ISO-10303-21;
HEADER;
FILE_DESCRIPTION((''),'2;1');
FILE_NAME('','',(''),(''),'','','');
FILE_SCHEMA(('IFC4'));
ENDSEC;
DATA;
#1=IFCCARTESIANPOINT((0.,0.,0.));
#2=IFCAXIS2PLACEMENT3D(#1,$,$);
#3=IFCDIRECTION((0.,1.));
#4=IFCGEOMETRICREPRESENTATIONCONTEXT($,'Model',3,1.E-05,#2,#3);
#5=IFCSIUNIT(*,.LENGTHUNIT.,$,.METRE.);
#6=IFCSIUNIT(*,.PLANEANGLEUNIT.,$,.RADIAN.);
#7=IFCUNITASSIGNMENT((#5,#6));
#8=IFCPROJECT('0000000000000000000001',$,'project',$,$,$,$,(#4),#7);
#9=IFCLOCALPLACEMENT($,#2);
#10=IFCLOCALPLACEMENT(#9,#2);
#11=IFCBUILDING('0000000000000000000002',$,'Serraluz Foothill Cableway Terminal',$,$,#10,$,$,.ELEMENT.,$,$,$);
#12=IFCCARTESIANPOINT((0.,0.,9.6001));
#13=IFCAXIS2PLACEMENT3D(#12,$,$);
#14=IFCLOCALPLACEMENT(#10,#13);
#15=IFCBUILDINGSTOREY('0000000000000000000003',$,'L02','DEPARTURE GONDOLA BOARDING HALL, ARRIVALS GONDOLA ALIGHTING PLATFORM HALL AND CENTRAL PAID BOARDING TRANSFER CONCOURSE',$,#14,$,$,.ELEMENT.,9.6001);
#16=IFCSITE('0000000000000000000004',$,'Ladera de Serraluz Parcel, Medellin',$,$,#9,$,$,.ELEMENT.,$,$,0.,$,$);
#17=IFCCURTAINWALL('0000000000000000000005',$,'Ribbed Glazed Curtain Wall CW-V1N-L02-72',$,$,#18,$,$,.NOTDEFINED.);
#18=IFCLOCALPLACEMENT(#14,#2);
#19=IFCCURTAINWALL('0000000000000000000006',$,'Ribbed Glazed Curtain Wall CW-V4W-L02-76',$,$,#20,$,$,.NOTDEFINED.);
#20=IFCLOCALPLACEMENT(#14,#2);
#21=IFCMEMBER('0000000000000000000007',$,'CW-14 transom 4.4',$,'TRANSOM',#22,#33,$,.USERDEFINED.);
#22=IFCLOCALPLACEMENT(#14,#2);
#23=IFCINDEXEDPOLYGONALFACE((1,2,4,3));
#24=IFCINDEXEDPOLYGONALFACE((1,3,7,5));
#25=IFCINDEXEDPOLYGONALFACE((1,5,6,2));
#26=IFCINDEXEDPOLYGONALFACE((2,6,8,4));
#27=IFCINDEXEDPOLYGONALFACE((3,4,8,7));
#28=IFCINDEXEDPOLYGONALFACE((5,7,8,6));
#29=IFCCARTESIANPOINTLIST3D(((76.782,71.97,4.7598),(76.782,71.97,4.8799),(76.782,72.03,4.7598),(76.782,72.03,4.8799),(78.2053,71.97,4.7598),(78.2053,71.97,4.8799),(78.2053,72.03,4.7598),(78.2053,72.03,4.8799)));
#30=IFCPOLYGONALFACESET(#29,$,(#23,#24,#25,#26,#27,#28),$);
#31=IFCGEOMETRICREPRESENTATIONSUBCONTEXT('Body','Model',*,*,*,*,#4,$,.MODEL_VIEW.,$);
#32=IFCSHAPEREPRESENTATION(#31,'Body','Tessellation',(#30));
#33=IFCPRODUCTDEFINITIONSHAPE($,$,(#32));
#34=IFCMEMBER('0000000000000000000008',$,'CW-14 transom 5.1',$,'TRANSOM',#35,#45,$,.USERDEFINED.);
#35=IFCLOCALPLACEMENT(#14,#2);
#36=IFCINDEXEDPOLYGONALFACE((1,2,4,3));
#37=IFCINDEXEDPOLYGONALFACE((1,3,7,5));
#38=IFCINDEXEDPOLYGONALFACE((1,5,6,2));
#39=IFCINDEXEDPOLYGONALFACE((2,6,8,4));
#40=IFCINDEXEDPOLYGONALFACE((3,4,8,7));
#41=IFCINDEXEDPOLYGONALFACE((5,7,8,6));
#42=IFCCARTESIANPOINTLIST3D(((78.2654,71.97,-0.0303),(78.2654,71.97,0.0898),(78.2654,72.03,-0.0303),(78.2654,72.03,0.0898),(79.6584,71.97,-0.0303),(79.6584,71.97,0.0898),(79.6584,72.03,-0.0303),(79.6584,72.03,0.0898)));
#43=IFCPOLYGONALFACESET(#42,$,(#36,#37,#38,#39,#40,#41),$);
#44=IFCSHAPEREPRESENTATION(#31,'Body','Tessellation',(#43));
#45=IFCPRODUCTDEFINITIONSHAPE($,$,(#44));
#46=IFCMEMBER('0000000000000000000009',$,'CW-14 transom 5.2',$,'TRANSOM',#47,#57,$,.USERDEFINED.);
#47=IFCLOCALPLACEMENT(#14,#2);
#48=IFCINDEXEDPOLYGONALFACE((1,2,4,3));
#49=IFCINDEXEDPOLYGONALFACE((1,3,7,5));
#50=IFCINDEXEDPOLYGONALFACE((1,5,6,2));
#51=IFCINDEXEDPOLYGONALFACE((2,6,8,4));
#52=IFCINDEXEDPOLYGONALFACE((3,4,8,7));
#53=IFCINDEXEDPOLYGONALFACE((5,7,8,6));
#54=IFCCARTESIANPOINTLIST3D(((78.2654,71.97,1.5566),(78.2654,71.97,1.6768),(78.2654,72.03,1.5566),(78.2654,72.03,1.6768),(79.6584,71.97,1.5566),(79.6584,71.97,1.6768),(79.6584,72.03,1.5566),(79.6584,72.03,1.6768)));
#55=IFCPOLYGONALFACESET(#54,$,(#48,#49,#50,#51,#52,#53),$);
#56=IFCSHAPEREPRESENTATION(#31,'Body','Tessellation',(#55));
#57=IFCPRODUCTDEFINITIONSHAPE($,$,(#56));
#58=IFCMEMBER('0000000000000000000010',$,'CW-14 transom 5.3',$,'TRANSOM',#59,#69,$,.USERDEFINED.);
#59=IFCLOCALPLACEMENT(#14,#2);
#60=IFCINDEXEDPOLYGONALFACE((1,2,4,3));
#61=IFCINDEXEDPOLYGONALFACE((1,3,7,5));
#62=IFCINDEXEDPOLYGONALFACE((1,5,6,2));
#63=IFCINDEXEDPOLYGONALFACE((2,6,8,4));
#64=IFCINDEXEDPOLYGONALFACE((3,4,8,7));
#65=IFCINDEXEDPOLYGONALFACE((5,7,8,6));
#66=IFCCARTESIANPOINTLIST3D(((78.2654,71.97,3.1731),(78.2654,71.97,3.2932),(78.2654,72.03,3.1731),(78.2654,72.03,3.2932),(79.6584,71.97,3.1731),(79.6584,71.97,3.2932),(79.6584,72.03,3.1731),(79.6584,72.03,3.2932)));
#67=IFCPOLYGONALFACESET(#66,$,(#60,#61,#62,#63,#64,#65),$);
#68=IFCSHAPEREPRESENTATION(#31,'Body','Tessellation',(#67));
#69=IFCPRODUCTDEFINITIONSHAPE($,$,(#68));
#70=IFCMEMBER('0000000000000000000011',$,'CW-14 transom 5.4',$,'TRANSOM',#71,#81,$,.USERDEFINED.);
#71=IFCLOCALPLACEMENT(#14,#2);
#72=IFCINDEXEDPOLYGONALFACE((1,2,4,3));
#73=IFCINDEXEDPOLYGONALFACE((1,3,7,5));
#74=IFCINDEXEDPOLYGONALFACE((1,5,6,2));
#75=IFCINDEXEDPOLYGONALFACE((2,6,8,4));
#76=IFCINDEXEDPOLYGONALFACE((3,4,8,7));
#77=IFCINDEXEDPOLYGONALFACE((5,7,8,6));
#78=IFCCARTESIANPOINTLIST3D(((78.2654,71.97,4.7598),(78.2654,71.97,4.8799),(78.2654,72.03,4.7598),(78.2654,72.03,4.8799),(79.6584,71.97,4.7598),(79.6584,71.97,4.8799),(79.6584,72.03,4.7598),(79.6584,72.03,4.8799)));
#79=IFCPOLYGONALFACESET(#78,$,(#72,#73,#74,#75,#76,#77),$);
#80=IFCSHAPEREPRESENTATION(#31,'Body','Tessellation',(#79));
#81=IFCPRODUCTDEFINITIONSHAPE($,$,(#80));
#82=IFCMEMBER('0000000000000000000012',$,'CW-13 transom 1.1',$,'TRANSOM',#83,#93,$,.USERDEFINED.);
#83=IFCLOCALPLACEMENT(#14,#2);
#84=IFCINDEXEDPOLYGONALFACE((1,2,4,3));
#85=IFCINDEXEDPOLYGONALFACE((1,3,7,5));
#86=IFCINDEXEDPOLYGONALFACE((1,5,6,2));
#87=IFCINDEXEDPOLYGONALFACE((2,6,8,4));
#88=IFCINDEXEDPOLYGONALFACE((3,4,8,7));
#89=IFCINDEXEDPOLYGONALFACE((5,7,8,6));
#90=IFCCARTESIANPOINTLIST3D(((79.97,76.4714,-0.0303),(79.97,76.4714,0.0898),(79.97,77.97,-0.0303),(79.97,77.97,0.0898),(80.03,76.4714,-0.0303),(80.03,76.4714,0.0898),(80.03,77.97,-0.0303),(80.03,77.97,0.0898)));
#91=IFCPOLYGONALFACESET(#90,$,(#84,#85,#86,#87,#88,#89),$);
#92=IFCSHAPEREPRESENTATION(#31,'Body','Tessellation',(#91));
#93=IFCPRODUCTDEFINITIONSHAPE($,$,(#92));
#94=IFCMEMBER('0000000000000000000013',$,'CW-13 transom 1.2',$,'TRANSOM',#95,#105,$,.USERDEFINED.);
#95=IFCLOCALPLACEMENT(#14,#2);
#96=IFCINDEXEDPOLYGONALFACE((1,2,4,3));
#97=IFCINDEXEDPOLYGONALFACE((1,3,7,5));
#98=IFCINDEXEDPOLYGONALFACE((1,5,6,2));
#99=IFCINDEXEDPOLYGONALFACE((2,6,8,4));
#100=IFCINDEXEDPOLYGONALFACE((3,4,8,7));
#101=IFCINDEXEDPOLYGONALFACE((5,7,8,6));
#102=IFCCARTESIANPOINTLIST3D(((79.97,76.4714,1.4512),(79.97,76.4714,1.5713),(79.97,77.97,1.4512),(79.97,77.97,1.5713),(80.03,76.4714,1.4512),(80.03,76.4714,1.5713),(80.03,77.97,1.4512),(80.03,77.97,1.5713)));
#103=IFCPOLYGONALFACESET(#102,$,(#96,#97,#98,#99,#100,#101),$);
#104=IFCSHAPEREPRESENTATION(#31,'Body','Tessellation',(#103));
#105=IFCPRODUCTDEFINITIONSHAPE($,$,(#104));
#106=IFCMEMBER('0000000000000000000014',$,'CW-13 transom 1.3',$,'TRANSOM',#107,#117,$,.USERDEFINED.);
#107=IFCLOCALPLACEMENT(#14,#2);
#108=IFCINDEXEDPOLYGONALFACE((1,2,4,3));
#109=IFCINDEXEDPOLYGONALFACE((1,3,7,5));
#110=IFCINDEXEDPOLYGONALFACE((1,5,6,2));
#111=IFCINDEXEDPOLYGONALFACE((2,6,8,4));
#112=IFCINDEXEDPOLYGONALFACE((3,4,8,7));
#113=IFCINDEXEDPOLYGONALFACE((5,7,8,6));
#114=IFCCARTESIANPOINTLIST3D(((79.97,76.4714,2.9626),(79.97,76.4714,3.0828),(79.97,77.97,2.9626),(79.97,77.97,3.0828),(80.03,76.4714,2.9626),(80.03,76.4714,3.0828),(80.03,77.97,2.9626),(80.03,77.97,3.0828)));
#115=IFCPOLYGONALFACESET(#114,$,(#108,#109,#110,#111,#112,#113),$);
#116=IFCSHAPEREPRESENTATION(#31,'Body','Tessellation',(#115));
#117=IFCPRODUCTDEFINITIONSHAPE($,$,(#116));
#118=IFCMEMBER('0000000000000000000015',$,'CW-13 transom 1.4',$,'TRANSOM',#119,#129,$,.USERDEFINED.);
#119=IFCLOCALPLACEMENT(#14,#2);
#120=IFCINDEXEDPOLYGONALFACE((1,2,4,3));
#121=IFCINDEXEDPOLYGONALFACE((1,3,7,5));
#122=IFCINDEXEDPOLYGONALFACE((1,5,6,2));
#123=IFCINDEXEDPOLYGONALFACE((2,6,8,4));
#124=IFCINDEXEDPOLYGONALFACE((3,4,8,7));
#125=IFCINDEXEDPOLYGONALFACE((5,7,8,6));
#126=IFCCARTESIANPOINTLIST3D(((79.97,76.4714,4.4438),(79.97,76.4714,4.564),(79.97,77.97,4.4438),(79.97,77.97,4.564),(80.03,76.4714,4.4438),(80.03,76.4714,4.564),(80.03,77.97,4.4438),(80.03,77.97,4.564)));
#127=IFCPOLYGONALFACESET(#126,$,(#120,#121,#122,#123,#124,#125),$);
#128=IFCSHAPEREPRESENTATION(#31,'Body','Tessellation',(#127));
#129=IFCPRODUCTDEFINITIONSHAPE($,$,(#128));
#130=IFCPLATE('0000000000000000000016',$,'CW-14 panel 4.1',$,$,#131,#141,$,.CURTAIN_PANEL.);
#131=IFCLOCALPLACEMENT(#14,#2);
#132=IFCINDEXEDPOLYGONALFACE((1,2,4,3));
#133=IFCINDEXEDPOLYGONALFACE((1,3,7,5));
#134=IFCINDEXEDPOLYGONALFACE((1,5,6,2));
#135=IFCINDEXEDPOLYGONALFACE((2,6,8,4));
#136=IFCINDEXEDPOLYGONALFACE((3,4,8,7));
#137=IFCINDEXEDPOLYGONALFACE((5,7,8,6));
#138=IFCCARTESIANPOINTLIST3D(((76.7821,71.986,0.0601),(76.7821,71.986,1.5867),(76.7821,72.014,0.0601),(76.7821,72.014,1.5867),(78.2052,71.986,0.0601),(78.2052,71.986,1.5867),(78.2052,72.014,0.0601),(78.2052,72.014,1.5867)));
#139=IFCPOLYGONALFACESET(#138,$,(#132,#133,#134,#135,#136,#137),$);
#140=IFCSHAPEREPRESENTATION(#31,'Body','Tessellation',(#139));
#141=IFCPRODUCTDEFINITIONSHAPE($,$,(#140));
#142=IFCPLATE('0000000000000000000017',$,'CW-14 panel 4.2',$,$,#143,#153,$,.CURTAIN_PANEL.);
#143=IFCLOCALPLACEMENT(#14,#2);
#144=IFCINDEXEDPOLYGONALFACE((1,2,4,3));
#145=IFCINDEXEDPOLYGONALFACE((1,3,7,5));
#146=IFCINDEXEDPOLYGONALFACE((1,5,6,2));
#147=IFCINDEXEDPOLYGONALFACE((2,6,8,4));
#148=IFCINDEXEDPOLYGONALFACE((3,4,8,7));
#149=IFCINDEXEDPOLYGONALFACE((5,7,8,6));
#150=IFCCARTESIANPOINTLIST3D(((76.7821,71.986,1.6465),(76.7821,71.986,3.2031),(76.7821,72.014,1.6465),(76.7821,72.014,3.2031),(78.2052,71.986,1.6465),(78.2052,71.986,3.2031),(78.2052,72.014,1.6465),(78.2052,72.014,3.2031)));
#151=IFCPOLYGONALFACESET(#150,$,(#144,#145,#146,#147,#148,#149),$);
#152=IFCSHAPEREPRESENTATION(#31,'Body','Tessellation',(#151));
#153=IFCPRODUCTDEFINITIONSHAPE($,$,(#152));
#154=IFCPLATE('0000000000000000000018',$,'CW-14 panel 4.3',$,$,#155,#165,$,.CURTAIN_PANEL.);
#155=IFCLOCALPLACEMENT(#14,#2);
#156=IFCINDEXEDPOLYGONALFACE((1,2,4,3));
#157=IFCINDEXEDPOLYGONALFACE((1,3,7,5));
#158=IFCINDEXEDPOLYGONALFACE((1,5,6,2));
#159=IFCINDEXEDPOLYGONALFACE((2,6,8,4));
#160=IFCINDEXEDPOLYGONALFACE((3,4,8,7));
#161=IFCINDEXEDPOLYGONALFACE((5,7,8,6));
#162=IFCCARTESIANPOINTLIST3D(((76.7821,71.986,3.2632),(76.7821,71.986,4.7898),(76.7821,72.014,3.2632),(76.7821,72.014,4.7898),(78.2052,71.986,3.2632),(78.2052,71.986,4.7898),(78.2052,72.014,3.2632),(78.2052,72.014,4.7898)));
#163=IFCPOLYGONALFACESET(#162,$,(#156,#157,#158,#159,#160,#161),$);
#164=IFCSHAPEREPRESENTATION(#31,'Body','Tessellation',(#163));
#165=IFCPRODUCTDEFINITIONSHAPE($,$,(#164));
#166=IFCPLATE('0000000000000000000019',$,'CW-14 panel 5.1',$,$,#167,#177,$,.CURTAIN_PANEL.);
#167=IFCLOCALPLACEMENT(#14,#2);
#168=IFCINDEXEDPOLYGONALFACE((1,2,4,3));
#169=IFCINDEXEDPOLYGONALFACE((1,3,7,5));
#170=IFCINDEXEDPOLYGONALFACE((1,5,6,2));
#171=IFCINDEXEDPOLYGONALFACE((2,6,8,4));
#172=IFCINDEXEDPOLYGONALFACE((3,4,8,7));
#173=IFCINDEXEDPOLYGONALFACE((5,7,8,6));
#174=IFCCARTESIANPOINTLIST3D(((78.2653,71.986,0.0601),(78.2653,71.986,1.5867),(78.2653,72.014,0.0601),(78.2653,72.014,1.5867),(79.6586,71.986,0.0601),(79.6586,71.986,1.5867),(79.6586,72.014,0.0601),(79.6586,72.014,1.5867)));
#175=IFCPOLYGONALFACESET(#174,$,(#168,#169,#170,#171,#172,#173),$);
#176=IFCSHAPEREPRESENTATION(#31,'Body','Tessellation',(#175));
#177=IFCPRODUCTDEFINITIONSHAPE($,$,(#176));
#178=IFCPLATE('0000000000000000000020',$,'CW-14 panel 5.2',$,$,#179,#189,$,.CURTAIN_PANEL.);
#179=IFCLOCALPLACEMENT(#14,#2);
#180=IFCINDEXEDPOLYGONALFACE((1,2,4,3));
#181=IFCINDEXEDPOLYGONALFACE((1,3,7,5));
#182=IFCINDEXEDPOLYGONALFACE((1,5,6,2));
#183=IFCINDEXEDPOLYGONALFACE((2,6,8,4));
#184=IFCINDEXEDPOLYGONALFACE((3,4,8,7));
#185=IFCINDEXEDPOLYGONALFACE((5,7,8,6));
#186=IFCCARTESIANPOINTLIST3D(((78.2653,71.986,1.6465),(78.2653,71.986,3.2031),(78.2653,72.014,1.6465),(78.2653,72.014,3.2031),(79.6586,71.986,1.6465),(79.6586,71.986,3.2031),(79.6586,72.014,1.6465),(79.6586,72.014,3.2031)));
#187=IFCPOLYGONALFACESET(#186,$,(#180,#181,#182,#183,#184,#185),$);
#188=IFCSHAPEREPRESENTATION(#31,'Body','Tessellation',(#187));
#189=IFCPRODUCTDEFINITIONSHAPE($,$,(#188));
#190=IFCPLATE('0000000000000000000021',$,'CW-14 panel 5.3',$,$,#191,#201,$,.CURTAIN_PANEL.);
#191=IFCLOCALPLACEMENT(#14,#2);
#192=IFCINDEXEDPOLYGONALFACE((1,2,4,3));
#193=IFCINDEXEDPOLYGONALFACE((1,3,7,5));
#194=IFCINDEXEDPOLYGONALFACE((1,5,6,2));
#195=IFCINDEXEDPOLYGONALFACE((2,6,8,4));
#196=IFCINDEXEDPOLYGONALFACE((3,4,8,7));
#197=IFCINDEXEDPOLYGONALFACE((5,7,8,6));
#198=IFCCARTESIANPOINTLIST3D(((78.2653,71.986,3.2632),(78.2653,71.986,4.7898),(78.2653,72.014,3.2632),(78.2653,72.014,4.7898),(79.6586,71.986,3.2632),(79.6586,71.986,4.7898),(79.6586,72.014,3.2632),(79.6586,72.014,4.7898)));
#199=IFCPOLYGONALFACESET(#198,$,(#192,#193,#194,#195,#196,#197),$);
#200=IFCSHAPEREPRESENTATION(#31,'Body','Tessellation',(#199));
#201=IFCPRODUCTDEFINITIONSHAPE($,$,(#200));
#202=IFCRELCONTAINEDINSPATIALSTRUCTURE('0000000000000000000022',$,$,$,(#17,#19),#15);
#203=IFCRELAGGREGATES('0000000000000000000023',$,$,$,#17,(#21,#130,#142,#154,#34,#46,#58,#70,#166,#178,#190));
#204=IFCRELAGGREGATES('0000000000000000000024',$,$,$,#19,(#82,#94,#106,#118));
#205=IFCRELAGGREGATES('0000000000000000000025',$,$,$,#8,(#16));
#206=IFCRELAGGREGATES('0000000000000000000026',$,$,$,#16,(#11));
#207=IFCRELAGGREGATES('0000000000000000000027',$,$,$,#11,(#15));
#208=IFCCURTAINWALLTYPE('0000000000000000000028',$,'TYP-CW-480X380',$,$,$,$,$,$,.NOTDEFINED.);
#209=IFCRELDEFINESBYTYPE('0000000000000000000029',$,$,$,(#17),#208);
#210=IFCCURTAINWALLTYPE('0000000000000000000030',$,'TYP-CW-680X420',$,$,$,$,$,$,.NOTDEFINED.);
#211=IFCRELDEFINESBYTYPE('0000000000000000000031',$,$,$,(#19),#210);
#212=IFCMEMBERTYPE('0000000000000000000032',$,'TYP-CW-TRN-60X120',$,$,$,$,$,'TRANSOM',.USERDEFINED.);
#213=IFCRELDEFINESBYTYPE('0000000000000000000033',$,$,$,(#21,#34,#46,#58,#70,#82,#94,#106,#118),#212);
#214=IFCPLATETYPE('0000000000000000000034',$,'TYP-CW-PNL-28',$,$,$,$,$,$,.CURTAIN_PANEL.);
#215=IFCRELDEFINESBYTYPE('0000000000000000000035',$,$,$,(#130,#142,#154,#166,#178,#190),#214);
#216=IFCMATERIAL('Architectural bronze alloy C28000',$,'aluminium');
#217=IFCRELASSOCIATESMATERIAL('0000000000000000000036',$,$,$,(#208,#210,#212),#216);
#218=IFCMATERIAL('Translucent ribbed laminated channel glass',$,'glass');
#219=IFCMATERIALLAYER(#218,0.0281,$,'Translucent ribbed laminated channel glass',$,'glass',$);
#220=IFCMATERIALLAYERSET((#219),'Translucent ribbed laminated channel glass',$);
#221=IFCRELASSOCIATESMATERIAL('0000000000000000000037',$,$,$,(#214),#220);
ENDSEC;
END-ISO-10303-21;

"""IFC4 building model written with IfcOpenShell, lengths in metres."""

from ifc_helpers import new_model, si_unit, direction, frame, origin, origin_2d, place, context, subcontext, project, spatial, rectangle, extrude, material, layer, layer_set, material_profile, profile_set, type_object, element, aggregate, save


model = new_model("IFC4")

# Units and contexts
model_context = context("Model", 3, precision=1e-05, world=origin(), true_north=direction((0.0, 1.0)))
body_context = subcontext(model_context, "Body", "Model", "MODEL_VIEW")
ifc_project = project(units=[si_unit("LENGTHUNIT", "METRE"), si_unit("PLANEANGLEUNIT", "RADIAN")], contexts=[model_context])

# Site, building, storey
site_placement = place(None, origin())
site = spatial("IfcSite", under=ifc_project, at=site_placement, Name="Ladera de Serraluz Parcel, Medellin", CompositionType="ELEMENT", RefElevation=0.0)
building_placement = place(site_placement, origin())
building = spatial("IfcBuilding", under=site, at=building_placement, Name="Serraluz Foothill Cableway Terminal", CompositionType="ELEMENT")
storey_placement = place(building_placement, frame((0.0, 0.0, 9.6001)))
storey = spatial("IfcBuildingStorey", under=building, at=storey_placement, Name="L02", Description="DEPARTURE GONDOLA BOARDING HALL, ARRIVALS GONDOLA ALIGHTING PLATFORM HALL AND CENTRAL PAID BOARDING TRANSFER CONCOURSE", CompositionType="ELEMENT", Elevation=9.6001)

# Curtain wall
ifc_material_1 = material(Name="Architectural bronze alloy C28000", Category="aluminium")
curtain_wall_type_1 = type_object("IfcCurtainWallType", Name="TYP-CW-480X380", PredefinedType="NOTDEFINED", material=ifc_material_1)
curtain_wall_1_placement = place(storey_placement, origin())
curtain_wall_1 = element("IfcCurtainWall", 1, at=curtain_wall_1_placement, inside=storey, type_object=curtain_wall_type_1, Name="Ribbed Glazed Curtain Wall CW-V1N-L02-72", PredefinedType="NOTDEFINED")

# Curtain wall
curtain_wall_type_2 = type_object("IfcCurtainWallType", Name="TYP-CW-680X420", PredefinedType="NOTDEFINED", material=ifc_material_1)
curtain_wall_2_placement = place(storey_placement, origin())
curtain_wall_2 = element("IfcCurtainWall", 2, at=curtain_wall_2_placement, inside=storey, type_object=curtain_wall_type_2, Name="Ribbed Glazed Curtain Wall CW-V4W-L02-76", PredefinedType="NOTDEFINED")

# Members
ifc_material_profile_1 = material_profile(ifc_material_1, rectangle(XDim=0.0601, YDim=0.1201, at=origin_2d()), Name="ALU TRANSOM 60x120")
ifc_profile_set_1 = profile_set([ifc_material_profile_1], Name="Architectural bronze alloy C28000")
member_type_1 = type_object("IfcMemberType", Name="TYP-CW-TRN-60X120", ElementType="TRANSOM", PredefinedType="USERDEFINED", material=ifc_profile_set_1)
member_1_placement = place(storey_placement, frame((76.782, 72.0, 4.8198), z_axis=(1.0, 0.0, 0.0), x_axis=(0.0, 1.0, 0.0)))
member_1 = element("IfcMember", 3, at=member_1_placement, type_object=member_type_1, Name="CW-14 transom 4.4", ObjectType="TRANSOM", PredefinedType="USERDEFINED", context=body_context, shape_type="SweptSolid", body=[
    extrude(rectangle(XDim=0.0601, YDim=0.1201, at=origin_2d()), origin(), (0.0, 0.0, 1.0), 1.4233),
])
member_2_placement = place(storey_placement, frame((78.2654, 72.0, 0.0298), z_axis=(1.0, 0.0, 0.0), x_axis=(0.0, 1.0, 0.0)))
member_2 = element("IfcMember", 4, at=member_2_placement, type_object=member_type_1, Name="CW-14 transom 5.1", ObjectType="TRANSOM", PredefinedType="USERDEFINED", context=body_context, shape_type="SweptSolid", body=[
    extrude(rectangle(XDim=0.0601, YDim=0.1201, at=origin_2d()), origin(), (0.0, 0.0, 1.0), 1.3931),
])
member_3_placement = place(storey_placement, frame((78.2654, 72.0, 1.6167), z_axis=(1.0, 0.0, 0.0), x_axis=(0.0, 1.0, 0.0)))
member_3 = element("IfcMember", 5, at=member_3_placement, type_object=member_type_1, Name="CW-14 transom 5.2", ObjectType="TRANSOM", PredefinedType="USERDEFINED", context=body_context, shape_type="SweptSolid", body=[
    extrude(rectangle(XDim=0.0601, YDim=0.1201, at=origin_2d()), origin(), (0.0, 0.0, 1.0), 1.3931),
])
member_4_placement = place(storey_placement, frame((78.2654, 72.0, 3.2332), z_axis=(1.0, 0.0, 0.0), x_axis=(0.0, 1.0, 0.0)))
member_4 = element("IfcMember", 6, at=member_4_placement, type_object=member_type_1, Name="CW-14 transom 5.3", ObjectType="TRANSOM", PredefinedType="USERDEFINED", context=body_context, shape_type="SweptSolid", body=[
    extrude(rectangle(XDim=0.0601, YDim=0.1201, at=origin_2d()), origin(), (0.0, 0.0, 1.0), 1.3931),
])
member_5_placement = place(storey_placement, frame((78.2654, 72.0, 4.8198), z_axis=(1.0, 0.0, 0.0), x_axis=(0.0, 1.0, 0.0)))
member_5 = element("IfcMember", 7, at=member_5_placement, type_object=member_type_1, Name="CW-14 transom 5.4", ObjectType="TRANSOM", PredefinedType="USERDEFINED", context=body_context, shape_type="SweptSolid", body=[
    extrude(rectangle(XDim=0.0601, YDim=0.1201, at=origin_2d()), origin(), (0.0, 0.0, 1.0), 1.3931),
])
member_6_placement = place(storey_placement, frame((80.0, 76.4714, 0.0298), z_axis=(0.0, 1.0, 0.0), x_axis=(-1.0, 0.0, 0.0)))
member_6 = element("IfcMember", 8, at=member_6_placement, type_object=member_type_1, Name="CW-13 transom 1.1", ObjectType="TRANSOM", PredefinedType="USERDEFINED", context=body_context, shape_type="SweptSolid", body=[
    extrude(rectangle(XDim=0.0601, YDim=0.1201, at=origin_2d()), origin(), (0.0, 0.0, 1.0), 1.4985),
])
member_7_placement = place(storey_placement, frame((80.0, 76.4714, 1.5112), z_axis=(0.0, 1.0, 0.0), x_axis=(-1.0, 0.0, 0.0)))
member_7 = element("IfcMember", 9, at=member_7_placement, type_object=member_type_1, Name="CW-13 transom 1.2", ObjectType="TRANSOM", PredefinedType="USERDEFINED", context=body_context, shape_type="SweptSolid", body=[
    extrude(rectangle(XDim=0.0601, YDim=0.1201, at=origin_2d()), origin(), (0.0, 0.0, 1.0), 1.4985),
])
member_8_placement = place(storey_placement, frame((80.0, 76.4714, 3.0227), z_axis=(0.0, 1.0, 0.0), x_axis=(-1.0, 0.0, 0.0)))
member_8 = element("IfcMember", 10, at=member_8_placement, type_object=member_type_1, Name="CW-13 transom 1.3", ObjectType="TRANSOM", PredefinedType="USERDEFINED", context=body_context, shape_type="SweptSolid", body=[
    extrude(rectangle(XDim=0.0601, YDim=0.1201, at=origin_2d()), origin(), (0.0, 0.0, 1.0), 1.4985),
])
member_9_placement = place(storey_placement, frame((80.0, 76.4714, 4.5039), z_axis=(0.0, 1.0, 0.0), x_axis=(-1.0, 0.0, 0.0)))
member_9 = element("IfcMember", 11, at=member_9_placement, type_object=member_type_1, Name="CW-13 transom 1.4", ObjectType="TRANSOM", PredefinedType="USERDEFINED", context=body_context, shape_type="SweptSolid", body=[
    extrude(rectangle(XDim=0.0601, YDim=0.1201, at=origin_2d()), origin(), (0.0, 0.0, 1.0), 1.4985),
])

# Plates
ifc_material_2 = material(Name="Translucent ribbed laminated channel glass", Category="glass")
ifc_layer_1 = layer(ifc_material_2, 0.0281, Name="Translucent ribbed laminated channel glass", Category="glass")
ifc_layer_set_1 = layer_set([ifc_layer_1], Name="Translucent ribbed laminated channel glass")
plate_type_1 = type_object("IfcPlateType", Name="TYP-CW-PNL-28", PredefinedType="CURTAIN_PANEL", material=ifc_layer_set_1)
plate_1_placement = place(storey_placement, frame((77.4937, 72.0, 0.0601), z_axis=(0.0, 0.0, 1.0), x_axis=(1.0, 0.0, 0.0)))
plate_1 = element("IfcPlate", 12, at=plate_1_placement, type_object=plate_type_1, Name="CW-14 panel 4.1", PredefinedType="CURTAIN_PANEL", context=body_context, shape_type="SweptSolid", body=[
    extrude(rectangle(XDim=1.4231, YDim=0.0281, at=origin_2d()), origin(), (0.0, 0.0, 1.0), 1.5266),
])
plate_2_placement = place(storey_placement, frame((77.4937, 72.0, 1.6465), z_axis=(0.0, 0.0, 1.0), x_axis=(1.0, 0.0, 0.0)))
plate_2 = element("IfcPlate", 13, at=plate_2_placement, type_object=plate_type_1, Name="CW-14 panel 4.2", PredefinedType="CURTAIN_PANEL", context=body_context, shape_type="SweptSolid", body=[
    extrude(rectangle(XDim=1.4231, YDim=0.0281, at=origin_2d()), origin(), (0.0, 0.0, 1.0), 1.5566),
])
plate_3_placement = place(storey_placement, frame((77.4937, 72.0, 3.2632), z_axis=(0.0, 0.0, 1.0), x_axis=(1.0, 0.0, 0.0)))
plate_3 = element("IfcPlate", 14, at=plate_3_placement, type_object=plate_type_1, Name="CW-14 panel 4.3", PredefinedType="CURTAIN_PANEL", context=body_context, shape_type="SweptSolid", body=[
    extrude(rectangle(XDim=1.4231, YDim=0.0281, at=origin_2d()), origin(), (0.0, 0.0, 1.0), 1.5266),
])
plate_4_placement = place(storey_placement, frame((78.9619, 72.0, 0.0601), z_axis=(0.0, 0.0, 1.0), x_axis=(1.0, 0.0, 0.0)))
plate_4 = element("IfcPlate", 15, at=plate_4_placement, type_object=plate_type_1, Name="CW-14 panel 5.1", PredefinedType="CURTAIN_PANEL", context=body_context, shape_type="SweptSolid", body=[
    extrude(rectangle(XDim=1.3933, YDim=0.0281, at=origin_2d()), origin(), (0.0, 0.0, 1.0), 1.5266),
])
plate_5_placement = place(storey_placement, frame((78.9619, 72.0, 1.6465), z_axis=(0.0, 0.0, 1.0), x_axis=(1.0, 0.0, 0.0)))
plate_5 = element("IfcPlate", 16, at=plate_5_placement, type_object=plate_type_1, Name="CW-14 panel 5.2", PredefinedType="CURTAIN_PANEL", context=body_context, shape_type="SweptSolid", body=[
    extrude(rectangle(XDim=1.3933, YDim=0.0281, at=origin_2d()), origin(), (0.0, 0.0, 1.0), 1.5566),
])
plate_6_placement = place(storey_placement, frame((78.9619, 72.0, 3.2632), z_axis=(0.0, 0.0, 1.0), x_axis=(1.0, 0.0, 0.0)))
plate_6 = element("IfcPlate", 17, at=plate_6_placement, type_object=plate_type_1, Name="CW-14 panel 5.3", PredefinedType="CURTAIN_PANEL", context=body_context, shape_type="SweptSolid", body=[
    extrude(rectangle(XDim=1.3933, YDim=0.0281, at=origin_2d()), origin(), (0.0, 0.0, 1.0), 1.5266),
])
aggregate(curtain_wall_1, [member_1, plate_1, plate_2, plate_3, member_2, member_3, member_4, member_5, plate_4, plate_5, plate_6])
aggregate(curtain_wall_2, [member_6, member_7, member_8, member_9])

save(model, "model.ifc")
